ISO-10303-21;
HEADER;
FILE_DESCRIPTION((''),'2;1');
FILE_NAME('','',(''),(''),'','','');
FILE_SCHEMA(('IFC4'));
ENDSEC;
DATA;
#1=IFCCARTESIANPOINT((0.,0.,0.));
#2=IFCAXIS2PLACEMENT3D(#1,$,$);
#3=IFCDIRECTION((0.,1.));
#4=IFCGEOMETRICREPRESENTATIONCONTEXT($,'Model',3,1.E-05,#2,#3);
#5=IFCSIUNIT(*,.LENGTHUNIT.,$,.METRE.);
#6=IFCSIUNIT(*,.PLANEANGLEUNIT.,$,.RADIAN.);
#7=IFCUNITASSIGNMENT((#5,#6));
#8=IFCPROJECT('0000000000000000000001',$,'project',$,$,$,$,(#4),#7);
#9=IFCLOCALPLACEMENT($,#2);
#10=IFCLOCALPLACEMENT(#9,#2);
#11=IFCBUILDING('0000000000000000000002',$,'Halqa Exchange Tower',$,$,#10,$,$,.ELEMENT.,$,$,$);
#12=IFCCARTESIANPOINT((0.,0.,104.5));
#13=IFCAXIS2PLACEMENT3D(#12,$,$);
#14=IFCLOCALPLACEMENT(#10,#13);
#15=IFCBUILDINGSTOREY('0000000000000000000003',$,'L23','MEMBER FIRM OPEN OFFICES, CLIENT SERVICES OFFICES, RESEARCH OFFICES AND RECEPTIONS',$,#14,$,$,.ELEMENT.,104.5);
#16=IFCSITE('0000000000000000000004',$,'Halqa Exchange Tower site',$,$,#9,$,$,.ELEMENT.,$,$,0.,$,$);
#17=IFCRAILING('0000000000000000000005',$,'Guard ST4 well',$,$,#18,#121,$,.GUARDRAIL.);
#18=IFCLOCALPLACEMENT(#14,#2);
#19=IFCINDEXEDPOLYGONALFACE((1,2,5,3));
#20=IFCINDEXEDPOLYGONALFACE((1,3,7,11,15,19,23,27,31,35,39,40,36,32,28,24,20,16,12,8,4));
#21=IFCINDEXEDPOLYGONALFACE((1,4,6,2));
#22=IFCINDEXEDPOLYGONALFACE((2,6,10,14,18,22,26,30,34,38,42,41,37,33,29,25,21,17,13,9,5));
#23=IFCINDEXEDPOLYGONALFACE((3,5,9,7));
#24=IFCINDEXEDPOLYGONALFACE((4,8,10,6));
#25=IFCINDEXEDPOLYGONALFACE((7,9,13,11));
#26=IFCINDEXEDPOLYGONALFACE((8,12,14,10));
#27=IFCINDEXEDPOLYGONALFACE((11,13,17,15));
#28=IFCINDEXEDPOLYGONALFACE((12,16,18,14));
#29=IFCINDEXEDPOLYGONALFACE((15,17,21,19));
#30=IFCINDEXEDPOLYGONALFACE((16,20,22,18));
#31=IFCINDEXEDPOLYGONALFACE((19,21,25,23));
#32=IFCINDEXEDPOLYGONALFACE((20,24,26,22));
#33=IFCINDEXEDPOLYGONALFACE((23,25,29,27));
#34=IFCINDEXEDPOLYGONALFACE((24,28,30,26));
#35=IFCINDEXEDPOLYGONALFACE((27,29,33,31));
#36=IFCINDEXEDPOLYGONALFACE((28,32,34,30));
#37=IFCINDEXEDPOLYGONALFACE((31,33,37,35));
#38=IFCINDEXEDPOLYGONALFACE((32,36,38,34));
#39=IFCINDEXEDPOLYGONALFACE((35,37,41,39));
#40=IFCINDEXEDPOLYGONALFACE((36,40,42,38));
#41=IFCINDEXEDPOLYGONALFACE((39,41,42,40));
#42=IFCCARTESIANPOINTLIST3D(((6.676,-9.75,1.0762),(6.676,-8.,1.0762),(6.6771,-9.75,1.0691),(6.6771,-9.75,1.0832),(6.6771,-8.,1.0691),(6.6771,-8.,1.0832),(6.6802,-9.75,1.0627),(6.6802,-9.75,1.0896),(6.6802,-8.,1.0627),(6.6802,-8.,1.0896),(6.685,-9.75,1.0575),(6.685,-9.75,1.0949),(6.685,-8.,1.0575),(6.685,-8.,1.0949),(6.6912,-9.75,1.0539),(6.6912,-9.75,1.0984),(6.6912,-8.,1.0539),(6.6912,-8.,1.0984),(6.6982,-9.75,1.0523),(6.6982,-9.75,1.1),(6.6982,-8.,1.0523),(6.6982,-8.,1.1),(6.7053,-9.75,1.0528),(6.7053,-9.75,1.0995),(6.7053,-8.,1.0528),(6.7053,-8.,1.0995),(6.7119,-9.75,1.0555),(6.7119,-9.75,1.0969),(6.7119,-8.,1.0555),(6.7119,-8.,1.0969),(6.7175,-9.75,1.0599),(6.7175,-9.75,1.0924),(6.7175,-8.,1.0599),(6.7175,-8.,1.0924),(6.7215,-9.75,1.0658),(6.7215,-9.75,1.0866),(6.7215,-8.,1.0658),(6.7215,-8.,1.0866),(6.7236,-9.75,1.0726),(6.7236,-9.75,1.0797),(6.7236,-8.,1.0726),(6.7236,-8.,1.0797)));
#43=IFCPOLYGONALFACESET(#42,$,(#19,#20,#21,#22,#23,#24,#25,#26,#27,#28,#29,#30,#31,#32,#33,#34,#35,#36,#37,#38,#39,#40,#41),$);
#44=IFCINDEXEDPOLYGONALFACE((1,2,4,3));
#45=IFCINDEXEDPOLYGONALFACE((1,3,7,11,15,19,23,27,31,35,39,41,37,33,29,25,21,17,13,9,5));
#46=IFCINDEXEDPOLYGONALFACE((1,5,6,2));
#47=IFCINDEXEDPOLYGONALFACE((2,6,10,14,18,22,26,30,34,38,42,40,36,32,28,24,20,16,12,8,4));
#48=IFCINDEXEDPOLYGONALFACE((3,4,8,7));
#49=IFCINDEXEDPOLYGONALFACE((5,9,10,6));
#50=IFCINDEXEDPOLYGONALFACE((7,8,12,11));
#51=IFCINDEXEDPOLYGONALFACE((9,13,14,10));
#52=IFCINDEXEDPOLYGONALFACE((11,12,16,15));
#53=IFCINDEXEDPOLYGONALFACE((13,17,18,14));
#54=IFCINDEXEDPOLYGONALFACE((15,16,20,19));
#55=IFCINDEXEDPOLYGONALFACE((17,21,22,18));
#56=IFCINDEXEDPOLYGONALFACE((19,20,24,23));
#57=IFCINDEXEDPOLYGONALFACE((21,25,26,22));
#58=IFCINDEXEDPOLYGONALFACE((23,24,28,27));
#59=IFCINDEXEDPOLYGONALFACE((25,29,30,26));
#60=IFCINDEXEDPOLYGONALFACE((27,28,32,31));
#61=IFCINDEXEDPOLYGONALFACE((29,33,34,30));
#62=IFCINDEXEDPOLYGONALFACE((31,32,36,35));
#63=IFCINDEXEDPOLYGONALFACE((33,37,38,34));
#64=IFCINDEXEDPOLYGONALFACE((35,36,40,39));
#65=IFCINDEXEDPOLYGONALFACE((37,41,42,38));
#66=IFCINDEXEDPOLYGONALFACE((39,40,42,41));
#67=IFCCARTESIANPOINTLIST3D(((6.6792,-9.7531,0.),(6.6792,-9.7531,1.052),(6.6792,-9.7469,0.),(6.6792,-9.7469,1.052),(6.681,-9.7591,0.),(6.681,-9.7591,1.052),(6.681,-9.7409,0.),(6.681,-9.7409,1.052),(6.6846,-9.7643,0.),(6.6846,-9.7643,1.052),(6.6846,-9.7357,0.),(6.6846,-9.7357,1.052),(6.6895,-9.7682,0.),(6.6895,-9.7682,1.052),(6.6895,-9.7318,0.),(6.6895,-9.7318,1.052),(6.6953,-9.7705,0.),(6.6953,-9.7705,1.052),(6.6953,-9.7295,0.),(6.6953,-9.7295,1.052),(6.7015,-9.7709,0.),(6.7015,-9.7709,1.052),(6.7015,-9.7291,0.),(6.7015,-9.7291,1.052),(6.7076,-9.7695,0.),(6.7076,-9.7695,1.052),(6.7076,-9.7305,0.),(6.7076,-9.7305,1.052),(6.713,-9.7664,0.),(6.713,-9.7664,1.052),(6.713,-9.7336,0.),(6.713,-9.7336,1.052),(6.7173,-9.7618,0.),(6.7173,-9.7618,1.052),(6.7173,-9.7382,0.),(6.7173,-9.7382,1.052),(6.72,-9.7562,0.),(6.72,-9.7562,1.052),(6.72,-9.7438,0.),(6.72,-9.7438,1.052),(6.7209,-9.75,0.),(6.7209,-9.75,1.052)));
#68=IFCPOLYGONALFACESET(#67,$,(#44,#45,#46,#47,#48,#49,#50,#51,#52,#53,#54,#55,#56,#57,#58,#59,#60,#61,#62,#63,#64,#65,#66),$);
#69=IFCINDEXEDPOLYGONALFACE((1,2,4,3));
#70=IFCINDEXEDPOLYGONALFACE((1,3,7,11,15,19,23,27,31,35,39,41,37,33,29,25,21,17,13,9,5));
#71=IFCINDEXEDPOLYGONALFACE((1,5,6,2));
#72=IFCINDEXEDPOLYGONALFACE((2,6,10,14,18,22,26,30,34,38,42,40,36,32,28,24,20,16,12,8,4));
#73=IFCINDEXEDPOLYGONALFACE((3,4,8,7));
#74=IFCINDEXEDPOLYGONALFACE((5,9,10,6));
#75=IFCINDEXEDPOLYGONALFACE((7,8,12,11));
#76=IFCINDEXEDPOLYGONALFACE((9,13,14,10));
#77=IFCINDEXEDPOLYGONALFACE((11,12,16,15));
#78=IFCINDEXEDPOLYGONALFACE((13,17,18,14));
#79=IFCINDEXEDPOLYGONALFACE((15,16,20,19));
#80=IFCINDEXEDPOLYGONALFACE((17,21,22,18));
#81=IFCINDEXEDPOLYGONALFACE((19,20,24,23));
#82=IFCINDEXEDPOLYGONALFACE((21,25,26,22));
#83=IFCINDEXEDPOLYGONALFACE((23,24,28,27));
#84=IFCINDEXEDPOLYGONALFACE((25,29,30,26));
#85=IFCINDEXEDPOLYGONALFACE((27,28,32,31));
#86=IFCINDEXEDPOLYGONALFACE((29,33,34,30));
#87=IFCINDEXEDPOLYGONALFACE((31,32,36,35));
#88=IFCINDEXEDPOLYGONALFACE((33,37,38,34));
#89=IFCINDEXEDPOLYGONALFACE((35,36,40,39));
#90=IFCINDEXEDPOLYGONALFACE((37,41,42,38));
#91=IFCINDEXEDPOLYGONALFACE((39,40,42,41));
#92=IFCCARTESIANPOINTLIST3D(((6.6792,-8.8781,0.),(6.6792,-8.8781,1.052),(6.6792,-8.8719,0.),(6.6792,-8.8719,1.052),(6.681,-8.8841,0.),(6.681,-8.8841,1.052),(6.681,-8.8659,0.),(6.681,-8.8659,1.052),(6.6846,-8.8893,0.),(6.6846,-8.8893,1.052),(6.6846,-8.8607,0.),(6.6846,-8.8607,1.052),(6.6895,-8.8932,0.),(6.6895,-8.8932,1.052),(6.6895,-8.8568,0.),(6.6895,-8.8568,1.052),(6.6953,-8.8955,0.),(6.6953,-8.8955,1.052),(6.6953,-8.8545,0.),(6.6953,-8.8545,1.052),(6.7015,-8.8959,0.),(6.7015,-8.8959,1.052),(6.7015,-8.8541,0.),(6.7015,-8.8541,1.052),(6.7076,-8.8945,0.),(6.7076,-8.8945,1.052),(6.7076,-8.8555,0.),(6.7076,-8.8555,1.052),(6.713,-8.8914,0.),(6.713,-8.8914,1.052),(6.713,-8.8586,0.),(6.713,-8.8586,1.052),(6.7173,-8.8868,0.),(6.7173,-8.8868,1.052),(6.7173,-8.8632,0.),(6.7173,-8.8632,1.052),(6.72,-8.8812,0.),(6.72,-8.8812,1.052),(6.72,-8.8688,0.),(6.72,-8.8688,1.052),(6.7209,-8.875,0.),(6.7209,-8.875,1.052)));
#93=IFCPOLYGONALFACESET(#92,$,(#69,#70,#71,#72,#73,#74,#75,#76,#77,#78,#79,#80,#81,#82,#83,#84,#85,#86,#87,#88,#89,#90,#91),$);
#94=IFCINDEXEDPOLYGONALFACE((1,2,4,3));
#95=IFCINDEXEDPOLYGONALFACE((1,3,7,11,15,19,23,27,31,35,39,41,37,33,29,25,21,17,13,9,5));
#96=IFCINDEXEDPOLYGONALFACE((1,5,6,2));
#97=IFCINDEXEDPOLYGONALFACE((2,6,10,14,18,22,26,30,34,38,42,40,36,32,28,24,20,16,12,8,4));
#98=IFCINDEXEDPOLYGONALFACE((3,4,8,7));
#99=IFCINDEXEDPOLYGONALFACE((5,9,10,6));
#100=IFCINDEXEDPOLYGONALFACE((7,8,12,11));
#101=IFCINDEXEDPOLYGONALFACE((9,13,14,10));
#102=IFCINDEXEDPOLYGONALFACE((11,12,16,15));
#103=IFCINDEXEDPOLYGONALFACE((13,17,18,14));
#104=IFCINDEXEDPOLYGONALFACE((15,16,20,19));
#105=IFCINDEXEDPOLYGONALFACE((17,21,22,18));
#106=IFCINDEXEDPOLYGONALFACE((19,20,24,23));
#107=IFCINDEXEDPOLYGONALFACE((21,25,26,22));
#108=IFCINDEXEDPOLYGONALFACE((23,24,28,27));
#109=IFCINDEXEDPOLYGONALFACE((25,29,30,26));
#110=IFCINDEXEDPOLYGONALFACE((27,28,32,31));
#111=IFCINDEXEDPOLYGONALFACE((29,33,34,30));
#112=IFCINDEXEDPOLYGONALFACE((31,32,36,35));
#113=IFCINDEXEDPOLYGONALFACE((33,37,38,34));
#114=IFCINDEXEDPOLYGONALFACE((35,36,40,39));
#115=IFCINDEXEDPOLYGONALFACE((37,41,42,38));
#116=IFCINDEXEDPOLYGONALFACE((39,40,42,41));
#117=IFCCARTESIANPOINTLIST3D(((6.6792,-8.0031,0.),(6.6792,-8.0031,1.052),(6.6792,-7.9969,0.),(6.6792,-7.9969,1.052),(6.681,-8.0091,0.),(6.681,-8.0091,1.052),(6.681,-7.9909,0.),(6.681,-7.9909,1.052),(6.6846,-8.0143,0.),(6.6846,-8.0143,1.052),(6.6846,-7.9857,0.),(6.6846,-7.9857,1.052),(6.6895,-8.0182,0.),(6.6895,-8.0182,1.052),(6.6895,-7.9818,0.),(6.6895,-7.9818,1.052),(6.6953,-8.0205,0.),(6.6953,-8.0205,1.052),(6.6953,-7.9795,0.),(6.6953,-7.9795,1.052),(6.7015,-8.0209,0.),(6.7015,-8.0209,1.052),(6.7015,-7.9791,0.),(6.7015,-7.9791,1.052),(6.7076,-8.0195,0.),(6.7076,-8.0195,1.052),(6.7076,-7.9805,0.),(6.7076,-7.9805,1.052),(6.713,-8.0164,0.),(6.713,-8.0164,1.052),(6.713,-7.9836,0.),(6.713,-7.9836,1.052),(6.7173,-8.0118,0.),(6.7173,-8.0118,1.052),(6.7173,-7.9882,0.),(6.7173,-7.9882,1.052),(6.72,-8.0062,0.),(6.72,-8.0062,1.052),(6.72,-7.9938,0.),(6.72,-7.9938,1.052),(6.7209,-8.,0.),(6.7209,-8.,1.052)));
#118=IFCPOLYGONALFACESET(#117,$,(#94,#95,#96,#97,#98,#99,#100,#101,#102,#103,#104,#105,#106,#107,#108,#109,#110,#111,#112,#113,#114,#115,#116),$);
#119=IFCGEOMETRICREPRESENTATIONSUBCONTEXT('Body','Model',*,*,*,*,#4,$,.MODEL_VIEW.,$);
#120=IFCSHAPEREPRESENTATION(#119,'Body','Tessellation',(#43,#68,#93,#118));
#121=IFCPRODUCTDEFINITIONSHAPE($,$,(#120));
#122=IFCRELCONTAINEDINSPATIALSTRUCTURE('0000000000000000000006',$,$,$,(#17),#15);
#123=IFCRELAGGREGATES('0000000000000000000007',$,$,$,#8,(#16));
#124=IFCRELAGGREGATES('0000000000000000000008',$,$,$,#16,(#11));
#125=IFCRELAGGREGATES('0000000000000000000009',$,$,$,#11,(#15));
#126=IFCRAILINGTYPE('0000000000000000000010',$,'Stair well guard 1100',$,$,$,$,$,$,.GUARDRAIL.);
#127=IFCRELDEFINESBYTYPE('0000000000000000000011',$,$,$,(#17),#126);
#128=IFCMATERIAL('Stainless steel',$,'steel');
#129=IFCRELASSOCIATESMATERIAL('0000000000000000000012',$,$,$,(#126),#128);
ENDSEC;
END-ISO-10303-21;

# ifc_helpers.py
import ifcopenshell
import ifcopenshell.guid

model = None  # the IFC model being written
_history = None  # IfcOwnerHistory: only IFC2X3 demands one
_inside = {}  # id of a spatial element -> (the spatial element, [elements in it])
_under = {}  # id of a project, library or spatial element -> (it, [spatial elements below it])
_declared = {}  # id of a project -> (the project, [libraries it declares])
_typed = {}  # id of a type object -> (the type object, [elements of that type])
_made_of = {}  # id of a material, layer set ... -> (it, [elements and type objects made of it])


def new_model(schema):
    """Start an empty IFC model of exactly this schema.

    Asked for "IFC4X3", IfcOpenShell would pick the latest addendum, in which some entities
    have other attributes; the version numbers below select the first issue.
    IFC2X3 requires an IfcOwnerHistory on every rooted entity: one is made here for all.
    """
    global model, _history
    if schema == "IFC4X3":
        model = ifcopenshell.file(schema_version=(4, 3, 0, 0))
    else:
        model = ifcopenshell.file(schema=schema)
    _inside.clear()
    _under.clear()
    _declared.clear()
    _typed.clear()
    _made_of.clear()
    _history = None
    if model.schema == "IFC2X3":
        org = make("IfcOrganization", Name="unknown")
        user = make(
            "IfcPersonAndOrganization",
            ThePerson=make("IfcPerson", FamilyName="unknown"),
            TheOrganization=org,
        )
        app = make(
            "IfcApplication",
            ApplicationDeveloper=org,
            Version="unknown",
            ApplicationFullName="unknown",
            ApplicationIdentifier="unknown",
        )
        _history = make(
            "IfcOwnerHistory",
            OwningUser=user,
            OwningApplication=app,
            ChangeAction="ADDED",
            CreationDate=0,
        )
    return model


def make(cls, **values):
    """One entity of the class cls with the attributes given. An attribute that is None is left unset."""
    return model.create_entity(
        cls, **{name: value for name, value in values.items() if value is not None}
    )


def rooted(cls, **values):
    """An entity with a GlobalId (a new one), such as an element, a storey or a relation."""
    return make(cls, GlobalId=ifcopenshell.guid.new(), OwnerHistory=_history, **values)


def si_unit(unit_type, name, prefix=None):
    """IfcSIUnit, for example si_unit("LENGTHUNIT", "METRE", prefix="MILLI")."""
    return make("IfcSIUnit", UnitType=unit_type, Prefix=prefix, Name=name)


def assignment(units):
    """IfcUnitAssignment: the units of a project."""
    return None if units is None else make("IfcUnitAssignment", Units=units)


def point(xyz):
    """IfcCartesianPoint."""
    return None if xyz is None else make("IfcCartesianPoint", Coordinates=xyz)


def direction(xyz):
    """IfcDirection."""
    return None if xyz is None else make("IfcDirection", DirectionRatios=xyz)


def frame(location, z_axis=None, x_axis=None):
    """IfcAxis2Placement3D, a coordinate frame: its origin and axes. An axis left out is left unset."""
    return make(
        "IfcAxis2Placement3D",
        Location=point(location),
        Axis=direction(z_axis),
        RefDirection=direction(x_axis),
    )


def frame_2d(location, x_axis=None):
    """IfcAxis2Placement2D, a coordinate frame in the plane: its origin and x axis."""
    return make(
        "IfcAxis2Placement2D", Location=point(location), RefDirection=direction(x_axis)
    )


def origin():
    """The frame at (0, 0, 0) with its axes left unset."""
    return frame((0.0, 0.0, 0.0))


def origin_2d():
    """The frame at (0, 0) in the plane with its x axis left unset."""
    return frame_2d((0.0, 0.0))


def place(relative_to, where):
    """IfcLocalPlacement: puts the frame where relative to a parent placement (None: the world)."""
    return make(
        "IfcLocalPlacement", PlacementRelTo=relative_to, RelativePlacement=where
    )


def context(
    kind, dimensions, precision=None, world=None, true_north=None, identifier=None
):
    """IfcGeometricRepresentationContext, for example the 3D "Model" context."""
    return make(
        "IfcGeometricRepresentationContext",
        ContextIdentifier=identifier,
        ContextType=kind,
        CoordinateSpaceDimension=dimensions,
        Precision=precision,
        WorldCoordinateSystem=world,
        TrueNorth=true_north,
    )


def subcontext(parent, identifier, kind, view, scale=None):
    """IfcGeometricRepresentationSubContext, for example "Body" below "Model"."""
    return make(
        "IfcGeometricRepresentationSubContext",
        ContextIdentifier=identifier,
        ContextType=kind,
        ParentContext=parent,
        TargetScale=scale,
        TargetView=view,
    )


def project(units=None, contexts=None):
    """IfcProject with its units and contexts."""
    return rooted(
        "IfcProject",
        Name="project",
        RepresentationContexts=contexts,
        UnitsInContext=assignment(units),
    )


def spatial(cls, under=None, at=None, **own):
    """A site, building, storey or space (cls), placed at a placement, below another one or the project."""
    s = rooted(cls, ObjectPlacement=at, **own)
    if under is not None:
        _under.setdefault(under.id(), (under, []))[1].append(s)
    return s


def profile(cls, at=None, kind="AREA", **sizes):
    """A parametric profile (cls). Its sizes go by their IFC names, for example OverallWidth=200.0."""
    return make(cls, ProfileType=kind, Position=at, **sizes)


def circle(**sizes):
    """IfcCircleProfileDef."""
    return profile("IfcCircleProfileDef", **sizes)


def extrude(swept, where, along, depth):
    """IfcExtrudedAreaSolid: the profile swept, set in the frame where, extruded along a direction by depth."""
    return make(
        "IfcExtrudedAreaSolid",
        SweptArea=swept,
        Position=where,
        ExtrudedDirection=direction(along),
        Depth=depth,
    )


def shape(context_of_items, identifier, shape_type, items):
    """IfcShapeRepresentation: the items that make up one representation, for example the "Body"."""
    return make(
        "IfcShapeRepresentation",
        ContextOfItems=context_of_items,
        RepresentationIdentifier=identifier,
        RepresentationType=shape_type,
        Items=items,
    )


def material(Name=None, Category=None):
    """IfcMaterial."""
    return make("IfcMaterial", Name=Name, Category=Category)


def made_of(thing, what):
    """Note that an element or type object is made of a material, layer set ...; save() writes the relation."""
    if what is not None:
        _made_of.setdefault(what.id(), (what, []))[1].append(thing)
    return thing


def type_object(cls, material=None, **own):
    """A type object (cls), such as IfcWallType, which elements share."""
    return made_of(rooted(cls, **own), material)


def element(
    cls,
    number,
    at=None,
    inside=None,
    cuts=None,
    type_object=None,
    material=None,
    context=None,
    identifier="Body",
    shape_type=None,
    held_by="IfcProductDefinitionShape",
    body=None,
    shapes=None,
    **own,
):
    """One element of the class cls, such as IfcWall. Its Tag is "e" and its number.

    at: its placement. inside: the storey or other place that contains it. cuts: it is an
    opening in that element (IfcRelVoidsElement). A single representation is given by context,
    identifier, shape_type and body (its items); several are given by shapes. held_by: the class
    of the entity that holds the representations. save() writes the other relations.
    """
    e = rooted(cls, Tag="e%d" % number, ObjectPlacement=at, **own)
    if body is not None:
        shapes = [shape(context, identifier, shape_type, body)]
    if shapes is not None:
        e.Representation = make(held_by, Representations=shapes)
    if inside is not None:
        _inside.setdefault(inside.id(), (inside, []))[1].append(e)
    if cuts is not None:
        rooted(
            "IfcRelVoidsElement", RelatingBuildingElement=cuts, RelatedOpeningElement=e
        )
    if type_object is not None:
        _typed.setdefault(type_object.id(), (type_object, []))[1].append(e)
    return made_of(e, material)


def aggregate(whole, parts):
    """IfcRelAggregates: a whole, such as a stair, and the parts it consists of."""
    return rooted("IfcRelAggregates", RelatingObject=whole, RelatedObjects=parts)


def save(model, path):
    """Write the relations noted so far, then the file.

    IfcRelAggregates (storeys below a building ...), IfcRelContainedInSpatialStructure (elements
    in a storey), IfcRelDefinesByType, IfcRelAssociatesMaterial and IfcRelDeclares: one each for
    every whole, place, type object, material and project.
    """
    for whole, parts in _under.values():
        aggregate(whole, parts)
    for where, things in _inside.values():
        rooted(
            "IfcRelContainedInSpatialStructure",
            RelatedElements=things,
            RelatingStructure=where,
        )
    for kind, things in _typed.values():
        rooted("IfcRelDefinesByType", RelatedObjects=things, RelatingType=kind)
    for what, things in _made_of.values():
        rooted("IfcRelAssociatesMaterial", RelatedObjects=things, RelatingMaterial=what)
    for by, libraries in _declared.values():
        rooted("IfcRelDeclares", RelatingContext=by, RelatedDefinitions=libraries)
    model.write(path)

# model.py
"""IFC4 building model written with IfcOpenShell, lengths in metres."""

from ifc_helpers import new_model, si_unit, direction, frame, origin, origin_2d, place, context, subcontext, project, spatial, circle, extrude, material, type_object, element, save


model = new_model("IFC4")

# Units and contexts
model_context = context("Model", 3, precision=1e-05, world=origin(), true_north=direction((0.0, 1.0)))
body_context = subcontext(model_context, "Body", "Model", "MODEL_VIEW")
ifc_project = project(units=[si_unit("LENGTHUNIT", "METRE"), si_unit("PLANEANGLEUNIT", "RADIAN")], contexts=[model_context])

# Site, building, storey
site_placement = place(None, origin())
site = spatial("IfcSite", under=ifc_project, at=site_placement, Name="Halqa Exchange Tower site", CompositionType="ELEMENT", RefElevation=0.0)
building_placement = place(site_placement, origin())
building = spatial("IfcBuilding", under=site, at=building_placement, Name="Halqa Exchange Tower", CompositionType="ELEMENT")
storey_placement = place(building_placement, frame((0.0, 0.0, 104.5)))
storey = spatial("IfcBuildingStorey", under=building, at=storey_placement, Name="L23", Description="MEMBER FIRM OPEN OFFICES, CLIENT SERVICES OFFICES, RESEARCH OFFICES AND RECEPTIONS", CompositionType="ELEMENT", Elevation=104.5)

# Railing
ifc_material_1 = material(Name="Stainless steel", Category="steel")
railing_type_1 = type_object("IfcRailingType", Name="Stair well guard 1100", PredefinedType="GUARDRAIL", material=ifc_material_1)
railing_1_placement = place(storey_placement, frame((6.7, -9.75, 0.0)))
element("IfcRailing", 1, at=railing_1_placement, inside=storey, type_object=railing_type_1, Name="Guard ST4 well", PredefinedType="GUARDRAIL", context=body_context, shape_type="SweptSolid", body=[
    extrude(circle(Radius=0.0239, at=origin_2d()), frame((0.0, 0.0, 1.0762), z_axis=(0.0, 1.0, 0.0), x_axis=(-1.0, 0.0, 0.0)), (0.0, 0.0, 1.0), 1.75),
    extrude(circle(Radius=0.021, at=origin_2d()), origin(), (0.0, 0.0, 1.0), 1.052),
    extrude(circle(Radius=0.021, at=origin_2d()), frame((0.0, 0.875, 0.0)), (0.0, 0.0, 1.0), 1.052),
    extrude(circle(Radius=0.021, at=origin_2d()), frame((0.0, 1.75, 0.0)), (0.0, 0.0, 1.0), 1.052),
])

save(model, "model.ifc")
